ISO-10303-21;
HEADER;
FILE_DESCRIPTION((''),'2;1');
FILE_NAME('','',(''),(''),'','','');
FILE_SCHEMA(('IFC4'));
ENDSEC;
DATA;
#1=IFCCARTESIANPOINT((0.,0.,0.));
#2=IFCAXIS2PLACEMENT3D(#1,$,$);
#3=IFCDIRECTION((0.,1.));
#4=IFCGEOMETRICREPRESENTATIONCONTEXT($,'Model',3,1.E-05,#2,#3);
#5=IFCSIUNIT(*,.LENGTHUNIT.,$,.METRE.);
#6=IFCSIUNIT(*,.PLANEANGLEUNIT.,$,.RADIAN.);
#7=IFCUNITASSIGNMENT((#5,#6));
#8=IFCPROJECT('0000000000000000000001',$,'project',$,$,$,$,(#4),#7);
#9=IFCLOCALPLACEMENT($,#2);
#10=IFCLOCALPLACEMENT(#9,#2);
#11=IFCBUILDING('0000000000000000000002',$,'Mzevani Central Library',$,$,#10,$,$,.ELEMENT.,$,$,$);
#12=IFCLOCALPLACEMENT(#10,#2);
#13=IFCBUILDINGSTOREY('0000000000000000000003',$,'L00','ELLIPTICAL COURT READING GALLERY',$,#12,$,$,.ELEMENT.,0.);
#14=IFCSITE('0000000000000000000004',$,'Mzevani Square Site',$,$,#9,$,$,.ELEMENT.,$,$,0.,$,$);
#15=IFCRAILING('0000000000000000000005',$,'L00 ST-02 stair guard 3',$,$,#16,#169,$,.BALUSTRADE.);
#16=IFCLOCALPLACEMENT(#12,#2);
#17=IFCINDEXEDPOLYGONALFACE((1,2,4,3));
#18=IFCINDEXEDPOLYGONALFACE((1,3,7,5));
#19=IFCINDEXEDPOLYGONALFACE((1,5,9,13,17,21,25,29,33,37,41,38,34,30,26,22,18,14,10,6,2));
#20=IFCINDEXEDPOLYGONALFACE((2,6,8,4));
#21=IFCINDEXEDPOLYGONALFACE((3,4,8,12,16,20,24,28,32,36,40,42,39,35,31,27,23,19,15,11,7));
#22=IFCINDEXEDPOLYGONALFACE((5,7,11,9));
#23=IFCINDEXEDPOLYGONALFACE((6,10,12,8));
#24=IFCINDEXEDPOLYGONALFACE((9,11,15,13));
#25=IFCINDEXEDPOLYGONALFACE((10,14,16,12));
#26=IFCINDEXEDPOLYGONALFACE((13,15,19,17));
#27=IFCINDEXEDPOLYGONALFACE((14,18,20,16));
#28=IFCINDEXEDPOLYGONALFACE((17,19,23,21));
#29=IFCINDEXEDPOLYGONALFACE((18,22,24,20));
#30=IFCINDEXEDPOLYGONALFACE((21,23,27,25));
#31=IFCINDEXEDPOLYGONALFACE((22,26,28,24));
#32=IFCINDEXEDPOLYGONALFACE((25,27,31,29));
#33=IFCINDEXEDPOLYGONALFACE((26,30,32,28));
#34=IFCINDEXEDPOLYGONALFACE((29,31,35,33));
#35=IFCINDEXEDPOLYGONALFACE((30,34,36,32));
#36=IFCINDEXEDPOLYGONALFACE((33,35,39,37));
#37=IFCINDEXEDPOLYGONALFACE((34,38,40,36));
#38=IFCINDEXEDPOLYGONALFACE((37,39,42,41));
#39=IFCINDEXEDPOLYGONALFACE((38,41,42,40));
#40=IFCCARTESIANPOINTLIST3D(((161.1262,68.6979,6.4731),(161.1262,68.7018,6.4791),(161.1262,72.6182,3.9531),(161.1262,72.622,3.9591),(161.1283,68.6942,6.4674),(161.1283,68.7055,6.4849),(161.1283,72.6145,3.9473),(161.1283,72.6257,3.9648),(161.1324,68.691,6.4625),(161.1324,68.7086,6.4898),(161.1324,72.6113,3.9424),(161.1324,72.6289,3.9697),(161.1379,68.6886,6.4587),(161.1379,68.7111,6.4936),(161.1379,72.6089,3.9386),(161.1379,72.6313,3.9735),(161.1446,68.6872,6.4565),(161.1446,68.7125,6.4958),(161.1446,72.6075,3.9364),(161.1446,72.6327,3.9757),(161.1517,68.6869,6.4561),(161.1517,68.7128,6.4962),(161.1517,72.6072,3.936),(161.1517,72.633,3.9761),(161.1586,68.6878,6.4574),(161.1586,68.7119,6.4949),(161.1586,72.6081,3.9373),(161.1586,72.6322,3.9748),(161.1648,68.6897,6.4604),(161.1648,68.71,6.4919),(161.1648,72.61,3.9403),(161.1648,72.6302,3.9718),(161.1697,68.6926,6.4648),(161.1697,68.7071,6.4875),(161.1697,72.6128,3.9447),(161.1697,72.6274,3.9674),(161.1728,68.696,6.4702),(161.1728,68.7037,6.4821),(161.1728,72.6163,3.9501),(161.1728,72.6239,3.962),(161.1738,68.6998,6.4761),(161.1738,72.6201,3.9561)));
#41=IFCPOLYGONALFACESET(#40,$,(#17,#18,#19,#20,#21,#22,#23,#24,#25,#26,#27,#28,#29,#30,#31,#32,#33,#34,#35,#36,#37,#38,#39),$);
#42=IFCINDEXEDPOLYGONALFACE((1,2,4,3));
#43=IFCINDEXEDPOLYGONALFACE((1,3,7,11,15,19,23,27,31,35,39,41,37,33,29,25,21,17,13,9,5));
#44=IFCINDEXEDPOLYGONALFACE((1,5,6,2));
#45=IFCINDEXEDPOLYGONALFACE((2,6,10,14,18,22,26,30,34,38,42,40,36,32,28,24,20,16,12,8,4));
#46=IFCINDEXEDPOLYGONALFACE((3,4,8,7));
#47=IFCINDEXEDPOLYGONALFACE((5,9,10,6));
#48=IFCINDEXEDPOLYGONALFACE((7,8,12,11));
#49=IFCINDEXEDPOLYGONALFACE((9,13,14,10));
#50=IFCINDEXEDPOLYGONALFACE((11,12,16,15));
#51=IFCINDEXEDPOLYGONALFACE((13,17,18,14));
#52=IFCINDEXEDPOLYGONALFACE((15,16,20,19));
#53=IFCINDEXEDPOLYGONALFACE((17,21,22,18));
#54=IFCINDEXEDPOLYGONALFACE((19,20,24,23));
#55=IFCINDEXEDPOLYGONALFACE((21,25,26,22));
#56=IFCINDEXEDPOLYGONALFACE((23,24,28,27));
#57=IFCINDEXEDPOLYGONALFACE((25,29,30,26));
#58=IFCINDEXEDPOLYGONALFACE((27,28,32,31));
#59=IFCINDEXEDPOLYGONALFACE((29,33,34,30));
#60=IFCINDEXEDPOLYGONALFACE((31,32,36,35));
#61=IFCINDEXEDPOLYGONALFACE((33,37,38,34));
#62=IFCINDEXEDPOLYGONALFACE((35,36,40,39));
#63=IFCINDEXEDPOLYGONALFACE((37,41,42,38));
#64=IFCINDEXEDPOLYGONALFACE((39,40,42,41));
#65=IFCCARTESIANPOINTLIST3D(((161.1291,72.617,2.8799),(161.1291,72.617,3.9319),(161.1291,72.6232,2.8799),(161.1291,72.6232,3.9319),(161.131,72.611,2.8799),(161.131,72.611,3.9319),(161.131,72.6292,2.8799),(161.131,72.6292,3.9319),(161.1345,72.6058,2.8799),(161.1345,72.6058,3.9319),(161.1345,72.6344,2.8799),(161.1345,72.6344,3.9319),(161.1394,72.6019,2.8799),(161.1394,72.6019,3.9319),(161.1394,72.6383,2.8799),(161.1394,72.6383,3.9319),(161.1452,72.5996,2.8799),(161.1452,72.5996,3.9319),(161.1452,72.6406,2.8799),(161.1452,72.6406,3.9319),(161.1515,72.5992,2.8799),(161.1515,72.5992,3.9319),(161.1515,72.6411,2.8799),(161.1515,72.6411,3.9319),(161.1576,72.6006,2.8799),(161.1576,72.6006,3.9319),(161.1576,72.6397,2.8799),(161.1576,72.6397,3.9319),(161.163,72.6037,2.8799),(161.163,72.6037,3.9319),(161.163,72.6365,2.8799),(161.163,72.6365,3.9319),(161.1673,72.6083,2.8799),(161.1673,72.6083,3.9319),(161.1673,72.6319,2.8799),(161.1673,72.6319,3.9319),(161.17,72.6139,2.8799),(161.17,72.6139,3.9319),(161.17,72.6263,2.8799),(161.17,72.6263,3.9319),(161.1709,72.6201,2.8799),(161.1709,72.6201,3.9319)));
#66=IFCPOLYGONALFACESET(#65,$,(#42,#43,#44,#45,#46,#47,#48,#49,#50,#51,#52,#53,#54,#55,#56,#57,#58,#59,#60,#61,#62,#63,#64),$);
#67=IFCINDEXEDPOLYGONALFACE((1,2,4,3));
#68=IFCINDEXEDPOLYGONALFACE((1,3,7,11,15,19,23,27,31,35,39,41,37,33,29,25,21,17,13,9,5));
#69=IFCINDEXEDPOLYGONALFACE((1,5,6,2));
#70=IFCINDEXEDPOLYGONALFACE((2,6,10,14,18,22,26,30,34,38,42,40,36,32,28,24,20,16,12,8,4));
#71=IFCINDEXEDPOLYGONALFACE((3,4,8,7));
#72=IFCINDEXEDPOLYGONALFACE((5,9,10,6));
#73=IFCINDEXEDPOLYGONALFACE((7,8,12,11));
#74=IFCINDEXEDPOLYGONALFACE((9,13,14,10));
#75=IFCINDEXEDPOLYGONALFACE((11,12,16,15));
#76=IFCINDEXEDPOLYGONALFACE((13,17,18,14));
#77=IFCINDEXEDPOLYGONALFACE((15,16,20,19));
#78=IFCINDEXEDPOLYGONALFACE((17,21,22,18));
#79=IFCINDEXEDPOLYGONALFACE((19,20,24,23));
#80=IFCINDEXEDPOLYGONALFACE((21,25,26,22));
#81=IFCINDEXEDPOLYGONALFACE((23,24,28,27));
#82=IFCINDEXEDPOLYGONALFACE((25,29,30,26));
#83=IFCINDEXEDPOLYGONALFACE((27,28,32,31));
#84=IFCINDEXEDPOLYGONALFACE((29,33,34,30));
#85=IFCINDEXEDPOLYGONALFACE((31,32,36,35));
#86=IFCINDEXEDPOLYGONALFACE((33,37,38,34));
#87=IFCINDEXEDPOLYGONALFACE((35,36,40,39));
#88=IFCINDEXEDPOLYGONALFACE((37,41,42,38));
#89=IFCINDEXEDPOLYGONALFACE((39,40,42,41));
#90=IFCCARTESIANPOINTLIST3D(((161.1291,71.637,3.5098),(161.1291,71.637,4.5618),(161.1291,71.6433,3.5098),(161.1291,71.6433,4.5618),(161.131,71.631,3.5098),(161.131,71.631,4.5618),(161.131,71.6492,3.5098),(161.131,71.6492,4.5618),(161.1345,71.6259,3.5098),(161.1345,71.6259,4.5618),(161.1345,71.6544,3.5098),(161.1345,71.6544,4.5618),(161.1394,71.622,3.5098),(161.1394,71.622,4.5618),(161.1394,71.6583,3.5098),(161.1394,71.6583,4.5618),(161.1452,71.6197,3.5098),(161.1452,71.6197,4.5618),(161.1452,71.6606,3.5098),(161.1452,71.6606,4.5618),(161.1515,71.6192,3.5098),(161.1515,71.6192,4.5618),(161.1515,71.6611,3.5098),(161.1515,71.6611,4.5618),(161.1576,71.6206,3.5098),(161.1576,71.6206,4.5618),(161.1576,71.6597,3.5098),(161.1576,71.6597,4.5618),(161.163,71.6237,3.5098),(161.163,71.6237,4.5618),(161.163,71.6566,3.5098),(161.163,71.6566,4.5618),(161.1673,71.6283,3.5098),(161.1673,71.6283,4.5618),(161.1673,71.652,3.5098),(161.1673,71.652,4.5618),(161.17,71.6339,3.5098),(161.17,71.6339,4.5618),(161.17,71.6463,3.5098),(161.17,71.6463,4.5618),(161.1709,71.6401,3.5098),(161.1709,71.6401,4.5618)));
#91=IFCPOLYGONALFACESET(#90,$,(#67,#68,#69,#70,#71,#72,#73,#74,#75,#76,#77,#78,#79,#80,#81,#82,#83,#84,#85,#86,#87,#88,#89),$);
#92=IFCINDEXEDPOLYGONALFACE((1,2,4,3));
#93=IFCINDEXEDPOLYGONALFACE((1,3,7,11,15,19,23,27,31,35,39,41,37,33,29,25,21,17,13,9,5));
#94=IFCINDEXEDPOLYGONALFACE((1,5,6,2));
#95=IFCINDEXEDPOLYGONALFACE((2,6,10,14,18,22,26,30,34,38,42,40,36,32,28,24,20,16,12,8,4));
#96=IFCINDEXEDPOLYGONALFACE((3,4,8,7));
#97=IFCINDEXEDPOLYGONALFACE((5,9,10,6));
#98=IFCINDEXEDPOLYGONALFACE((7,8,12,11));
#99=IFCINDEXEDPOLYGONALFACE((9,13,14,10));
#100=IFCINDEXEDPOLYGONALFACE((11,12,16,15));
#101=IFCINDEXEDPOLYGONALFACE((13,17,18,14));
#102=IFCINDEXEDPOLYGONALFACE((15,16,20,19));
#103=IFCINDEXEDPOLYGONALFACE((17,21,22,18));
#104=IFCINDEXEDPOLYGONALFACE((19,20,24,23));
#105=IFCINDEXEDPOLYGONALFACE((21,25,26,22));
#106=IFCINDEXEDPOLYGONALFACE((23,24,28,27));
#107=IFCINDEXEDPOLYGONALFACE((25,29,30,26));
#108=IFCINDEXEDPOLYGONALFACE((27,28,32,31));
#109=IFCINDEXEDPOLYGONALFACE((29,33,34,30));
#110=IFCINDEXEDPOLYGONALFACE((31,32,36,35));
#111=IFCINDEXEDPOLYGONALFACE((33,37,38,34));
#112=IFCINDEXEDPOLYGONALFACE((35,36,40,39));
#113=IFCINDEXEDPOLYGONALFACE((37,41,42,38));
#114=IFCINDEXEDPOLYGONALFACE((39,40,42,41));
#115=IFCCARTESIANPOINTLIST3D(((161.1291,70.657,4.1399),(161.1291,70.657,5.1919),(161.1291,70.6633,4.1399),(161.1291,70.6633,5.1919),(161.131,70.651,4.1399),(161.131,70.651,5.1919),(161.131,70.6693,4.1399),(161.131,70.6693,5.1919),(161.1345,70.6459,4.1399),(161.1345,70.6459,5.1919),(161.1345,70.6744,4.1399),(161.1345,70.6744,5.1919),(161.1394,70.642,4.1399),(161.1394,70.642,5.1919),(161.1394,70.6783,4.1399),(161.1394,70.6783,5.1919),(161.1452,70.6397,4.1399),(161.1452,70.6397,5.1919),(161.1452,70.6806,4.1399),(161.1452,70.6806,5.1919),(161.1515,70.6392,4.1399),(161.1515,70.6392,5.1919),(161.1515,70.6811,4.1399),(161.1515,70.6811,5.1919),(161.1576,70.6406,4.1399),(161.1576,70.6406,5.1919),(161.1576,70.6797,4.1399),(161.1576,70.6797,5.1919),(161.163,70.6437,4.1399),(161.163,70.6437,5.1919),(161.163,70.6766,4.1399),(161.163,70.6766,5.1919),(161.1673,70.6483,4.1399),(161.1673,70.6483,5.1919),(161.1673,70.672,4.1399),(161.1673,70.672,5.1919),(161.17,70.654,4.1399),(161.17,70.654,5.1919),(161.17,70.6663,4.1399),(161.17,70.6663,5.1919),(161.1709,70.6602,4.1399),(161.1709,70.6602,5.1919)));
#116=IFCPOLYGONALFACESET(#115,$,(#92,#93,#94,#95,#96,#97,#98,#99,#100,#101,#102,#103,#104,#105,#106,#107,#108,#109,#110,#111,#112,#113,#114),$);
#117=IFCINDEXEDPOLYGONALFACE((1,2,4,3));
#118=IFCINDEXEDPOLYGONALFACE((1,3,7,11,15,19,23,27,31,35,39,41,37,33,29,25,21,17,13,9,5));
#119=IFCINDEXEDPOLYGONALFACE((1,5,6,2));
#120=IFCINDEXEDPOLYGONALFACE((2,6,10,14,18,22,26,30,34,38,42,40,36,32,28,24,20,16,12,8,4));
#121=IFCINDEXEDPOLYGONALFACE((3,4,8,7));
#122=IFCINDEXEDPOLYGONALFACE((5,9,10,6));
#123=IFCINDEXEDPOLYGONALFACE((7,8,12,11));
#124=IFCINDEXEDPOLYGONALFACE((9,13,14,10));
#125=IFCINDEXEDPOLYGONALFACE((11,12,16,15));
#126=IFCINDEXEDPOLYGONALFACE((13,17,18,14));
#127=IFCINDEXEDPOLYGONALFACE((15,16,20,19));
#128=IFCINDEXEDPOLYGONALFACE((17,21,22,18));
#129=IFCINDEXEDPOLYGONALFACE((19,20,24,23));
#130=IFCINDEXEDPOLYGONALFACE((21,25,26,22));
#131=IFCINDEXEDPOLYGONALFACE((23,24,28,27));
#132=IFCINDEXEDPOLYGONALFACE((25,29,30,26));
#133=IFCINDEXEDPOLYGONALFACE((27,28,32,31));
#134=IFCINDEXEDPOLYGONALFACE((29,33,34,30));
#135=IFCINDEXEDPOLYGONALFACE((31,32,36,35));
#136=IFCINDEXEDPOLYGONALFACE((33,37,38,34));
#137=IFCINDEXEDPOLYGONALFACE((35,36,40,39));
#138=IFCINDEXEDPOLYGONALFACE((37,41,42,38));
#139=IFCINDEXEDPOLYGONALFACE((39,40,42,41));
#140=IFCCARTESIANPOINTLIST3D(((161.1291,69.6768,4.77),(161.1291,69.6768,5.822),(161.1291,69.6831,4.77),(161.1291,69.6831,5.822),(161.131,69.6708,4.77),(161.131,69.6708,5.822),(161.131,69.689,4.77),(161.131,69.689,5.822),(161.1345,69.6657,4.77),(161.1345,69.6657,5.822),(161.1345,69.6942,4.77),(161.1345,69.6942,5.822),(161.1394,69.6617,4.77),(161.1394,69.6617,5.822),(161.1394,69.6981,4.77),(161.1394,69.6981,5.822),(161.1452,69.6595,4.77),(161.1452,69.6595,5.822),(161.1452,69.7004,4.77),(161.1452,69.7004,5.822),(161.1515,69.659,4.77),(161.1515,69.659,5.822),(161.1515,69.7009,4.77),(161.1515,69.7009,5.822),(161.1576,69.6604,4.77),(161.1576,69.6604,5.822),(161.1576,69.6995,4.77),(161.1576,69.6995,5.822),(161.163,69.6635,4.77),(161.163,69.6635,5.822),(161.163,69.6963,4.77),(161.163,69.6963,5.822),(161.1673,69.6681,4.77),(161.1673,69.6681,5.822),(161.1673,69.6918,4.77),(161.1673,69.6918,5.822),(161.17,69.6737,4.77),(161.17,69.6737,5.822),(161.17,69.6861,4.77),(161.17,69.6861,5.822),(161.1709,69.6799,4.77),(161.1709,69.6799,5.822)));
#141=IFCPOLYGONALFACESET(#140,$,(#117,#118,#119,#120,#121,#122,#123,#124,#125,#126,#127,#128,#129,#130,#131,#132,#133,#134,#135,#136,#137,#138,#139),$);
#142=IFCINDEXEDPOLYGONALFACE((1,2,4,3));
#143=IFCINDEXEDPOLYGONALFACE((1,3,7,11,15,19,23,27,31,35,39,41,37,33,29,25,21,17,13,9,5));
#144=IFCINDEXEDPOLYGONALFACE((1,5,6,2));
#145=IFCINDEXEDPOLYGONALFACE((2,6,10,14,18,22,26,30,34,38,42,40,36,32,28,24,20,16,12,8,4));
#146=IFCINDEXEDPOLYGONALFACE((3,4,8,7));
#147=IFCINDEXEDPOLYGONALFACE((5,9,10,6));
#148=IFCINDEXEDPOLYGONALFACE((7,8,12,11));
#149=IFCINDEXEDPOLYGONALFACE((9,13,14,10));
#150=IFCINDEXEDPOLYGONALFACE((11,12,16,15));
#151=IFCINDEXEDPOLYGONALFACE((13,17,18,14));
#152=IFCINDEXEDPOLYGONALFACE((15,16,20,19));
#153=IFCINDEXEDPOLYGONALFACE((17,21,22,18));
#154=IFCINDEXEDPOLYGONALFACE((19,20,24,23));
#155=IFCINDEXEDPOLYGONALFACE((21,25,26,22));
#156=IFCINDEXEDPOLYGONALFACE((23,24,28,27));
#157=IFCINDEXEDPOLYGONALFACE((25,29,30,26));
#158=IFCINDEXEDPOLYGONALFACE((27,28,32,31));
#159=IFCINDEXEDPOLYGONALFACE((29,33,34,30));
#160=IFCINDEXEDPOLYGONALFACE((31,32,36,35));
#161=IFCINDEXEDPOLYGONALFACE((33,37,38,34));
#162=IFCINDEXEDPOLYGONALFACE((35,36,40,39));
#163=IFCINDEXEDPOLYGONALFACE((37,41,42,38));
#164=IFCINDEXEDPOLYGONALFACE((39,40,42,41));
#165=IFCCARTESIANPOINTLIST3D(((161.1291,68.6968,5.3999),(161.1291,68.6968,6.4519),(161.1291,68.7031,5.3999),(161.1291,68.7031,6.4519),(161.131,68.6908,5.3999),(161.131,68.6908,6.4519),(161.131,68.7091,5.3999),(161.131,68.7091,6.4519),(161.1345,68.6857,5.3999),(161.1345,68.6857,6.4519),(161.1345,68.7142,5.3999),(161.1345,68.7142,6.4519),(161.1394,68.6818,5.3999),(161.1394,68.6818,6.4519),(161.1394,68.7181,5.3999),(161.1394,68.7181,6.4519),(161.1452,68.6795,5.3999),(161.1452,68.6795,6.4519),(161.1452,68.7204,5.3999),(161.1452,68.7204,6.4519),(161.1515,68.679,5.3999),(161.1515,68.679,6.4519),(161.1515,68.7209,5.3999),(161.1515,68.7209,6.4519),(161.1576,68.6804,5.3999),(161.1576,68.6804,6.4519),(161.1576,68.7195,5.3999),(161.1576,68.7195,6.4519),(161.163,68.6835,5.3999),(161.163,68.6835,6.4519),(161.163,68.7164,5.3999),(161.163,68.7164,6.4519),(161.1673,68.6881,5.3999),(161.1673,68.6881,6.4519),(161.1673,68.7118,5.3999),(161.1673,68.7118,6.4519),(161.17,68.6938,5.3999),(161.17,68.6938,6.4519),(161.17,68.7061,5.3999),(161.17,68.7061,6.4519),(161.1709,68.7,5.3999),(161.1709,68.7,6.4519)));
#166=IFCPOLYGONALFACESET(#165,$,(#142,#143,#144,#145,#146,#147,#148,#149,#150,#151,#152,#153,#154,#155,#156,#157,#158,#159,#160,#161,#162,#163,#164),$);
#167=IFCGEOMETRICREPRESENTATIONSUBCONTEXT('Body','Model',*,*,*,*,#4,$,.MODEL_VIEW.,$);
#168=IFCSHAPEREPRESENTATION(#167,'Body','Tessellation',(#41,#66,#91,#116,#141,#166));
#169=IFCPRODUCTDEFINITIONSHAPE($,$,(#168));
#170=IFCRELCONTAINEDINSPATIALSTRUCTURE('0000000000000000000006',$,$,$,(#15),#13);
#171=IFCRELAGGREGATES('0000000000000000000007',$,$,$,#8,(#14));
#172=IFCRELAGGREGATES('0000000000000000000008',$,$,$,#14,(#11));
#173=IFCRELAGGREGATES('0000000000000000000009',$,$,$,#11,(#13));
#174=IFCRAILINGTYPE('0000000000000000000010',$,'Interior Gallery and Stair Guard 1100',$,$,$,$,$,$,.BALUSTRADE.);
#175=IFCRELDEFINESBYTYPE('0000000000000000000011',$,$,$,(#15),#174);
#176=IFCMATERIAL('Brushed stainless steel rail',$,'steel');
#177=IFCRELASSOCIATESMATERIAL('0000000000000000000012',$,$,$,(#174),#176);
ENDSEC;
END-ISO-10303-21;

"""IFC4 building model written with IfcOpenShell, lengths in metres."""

from ifc_helpers import new_model, si_unit, direction, frame, origin, origin_2d, place, context, subcontext, project, spatial, circle, extrude, material, type_object, element, save


model = new_model("IFC4")

# Units and contexts
model_context = context("Model", 3, precision=1e-05, world=origin(), true_north=direction((0.0, 1.0)))
body_context = subcontext(model_context, "Body", "Model", "MODEL_VIEW")
ifc_project = project(units=[si_unit("LENGTHUNIT", "METRE"), si_unit("PLANEANGLEUNIT", "RADIAN")], contexts=[model_context])

# Site, building, storey
site_placement = place(None, origin())
site = spatial("IfcSite", under=ifc_project, at=site_placement, Name="Mzevani Square Site", CompositionType="ELEMENT", RefElevation=0.0)
building_placement = place(site_placement, origin())
building = spatial("IfcBuilding", under=site, at=building_placement, Name="Mzevani Central Library", CompositionType="ELEMENT")
storey_placement = place(building_placement, origin())
storey = spatial("IfcBuildingStorey", under=building, at=storey_placement, Name="L00", Description="ELLIPTICAL COURT READING GALLERY", CompositionType="ELEMENT", Elevation=0.0)

# Railing
ifc_material_1 = material(Name="Brushed stainless steel rail", Category="steel")
railing_type_1 = type_object("IfcRailingType", Name="Interior Gallery and Stair Guard 1100", PredefinedType="BALUSTRADE", material=ifc_material_1)
railing_1_placement = place(storey_placement, frame((161.1499, 72.6201, 2.8799)))
element("IfcRailing", 1, at=railing_1_placement, inside=storey, type_object=railing_type_1, Name="L00 ST-02 stair guard 3", PredefinedType="BALUSTRADE", context=body_context, shape_type="SweptSolid", body=[
    extrude(circle(Radius=0.0239, at=origin_2d()), frame((0.0, 0.0, 1.0762), z_axis=(0.0, -0.841187, 0.540744), x_axis=(1.0, 0.0, 0.0)), (0.0, 0.0, 1.0), 4.6604),
    extrude(circle(Radius=0.021, at=origin_2d()), origin(), (0.0, 0.0, 1.0), 1.052),
    extrude(circle(Radius=0.021, at=origin_2d()), frame((0.0, -0.98, 0.6299)), (0.0, 0.0, 1.0), 1.052),
    extrude(circle(Radius=0.021, at=origin_2d()), frame((0.0, -1.96, 1.26)), (0.0, 0.0, 1.0), 1.052),
    extrude(circle(Radius=0.021, at=origin_2d()), frame((0.0, -2.9402, 1.8901)), (0.0, 0.0, 1.0), 1.052),
    extrude(circle(Radius=0.021, at=origin_2d()), frame((0.0, -3.9202, 2.52)), (0.0, 0.0, 1.0), 1.052),
])

save(model, "model.ifc")
